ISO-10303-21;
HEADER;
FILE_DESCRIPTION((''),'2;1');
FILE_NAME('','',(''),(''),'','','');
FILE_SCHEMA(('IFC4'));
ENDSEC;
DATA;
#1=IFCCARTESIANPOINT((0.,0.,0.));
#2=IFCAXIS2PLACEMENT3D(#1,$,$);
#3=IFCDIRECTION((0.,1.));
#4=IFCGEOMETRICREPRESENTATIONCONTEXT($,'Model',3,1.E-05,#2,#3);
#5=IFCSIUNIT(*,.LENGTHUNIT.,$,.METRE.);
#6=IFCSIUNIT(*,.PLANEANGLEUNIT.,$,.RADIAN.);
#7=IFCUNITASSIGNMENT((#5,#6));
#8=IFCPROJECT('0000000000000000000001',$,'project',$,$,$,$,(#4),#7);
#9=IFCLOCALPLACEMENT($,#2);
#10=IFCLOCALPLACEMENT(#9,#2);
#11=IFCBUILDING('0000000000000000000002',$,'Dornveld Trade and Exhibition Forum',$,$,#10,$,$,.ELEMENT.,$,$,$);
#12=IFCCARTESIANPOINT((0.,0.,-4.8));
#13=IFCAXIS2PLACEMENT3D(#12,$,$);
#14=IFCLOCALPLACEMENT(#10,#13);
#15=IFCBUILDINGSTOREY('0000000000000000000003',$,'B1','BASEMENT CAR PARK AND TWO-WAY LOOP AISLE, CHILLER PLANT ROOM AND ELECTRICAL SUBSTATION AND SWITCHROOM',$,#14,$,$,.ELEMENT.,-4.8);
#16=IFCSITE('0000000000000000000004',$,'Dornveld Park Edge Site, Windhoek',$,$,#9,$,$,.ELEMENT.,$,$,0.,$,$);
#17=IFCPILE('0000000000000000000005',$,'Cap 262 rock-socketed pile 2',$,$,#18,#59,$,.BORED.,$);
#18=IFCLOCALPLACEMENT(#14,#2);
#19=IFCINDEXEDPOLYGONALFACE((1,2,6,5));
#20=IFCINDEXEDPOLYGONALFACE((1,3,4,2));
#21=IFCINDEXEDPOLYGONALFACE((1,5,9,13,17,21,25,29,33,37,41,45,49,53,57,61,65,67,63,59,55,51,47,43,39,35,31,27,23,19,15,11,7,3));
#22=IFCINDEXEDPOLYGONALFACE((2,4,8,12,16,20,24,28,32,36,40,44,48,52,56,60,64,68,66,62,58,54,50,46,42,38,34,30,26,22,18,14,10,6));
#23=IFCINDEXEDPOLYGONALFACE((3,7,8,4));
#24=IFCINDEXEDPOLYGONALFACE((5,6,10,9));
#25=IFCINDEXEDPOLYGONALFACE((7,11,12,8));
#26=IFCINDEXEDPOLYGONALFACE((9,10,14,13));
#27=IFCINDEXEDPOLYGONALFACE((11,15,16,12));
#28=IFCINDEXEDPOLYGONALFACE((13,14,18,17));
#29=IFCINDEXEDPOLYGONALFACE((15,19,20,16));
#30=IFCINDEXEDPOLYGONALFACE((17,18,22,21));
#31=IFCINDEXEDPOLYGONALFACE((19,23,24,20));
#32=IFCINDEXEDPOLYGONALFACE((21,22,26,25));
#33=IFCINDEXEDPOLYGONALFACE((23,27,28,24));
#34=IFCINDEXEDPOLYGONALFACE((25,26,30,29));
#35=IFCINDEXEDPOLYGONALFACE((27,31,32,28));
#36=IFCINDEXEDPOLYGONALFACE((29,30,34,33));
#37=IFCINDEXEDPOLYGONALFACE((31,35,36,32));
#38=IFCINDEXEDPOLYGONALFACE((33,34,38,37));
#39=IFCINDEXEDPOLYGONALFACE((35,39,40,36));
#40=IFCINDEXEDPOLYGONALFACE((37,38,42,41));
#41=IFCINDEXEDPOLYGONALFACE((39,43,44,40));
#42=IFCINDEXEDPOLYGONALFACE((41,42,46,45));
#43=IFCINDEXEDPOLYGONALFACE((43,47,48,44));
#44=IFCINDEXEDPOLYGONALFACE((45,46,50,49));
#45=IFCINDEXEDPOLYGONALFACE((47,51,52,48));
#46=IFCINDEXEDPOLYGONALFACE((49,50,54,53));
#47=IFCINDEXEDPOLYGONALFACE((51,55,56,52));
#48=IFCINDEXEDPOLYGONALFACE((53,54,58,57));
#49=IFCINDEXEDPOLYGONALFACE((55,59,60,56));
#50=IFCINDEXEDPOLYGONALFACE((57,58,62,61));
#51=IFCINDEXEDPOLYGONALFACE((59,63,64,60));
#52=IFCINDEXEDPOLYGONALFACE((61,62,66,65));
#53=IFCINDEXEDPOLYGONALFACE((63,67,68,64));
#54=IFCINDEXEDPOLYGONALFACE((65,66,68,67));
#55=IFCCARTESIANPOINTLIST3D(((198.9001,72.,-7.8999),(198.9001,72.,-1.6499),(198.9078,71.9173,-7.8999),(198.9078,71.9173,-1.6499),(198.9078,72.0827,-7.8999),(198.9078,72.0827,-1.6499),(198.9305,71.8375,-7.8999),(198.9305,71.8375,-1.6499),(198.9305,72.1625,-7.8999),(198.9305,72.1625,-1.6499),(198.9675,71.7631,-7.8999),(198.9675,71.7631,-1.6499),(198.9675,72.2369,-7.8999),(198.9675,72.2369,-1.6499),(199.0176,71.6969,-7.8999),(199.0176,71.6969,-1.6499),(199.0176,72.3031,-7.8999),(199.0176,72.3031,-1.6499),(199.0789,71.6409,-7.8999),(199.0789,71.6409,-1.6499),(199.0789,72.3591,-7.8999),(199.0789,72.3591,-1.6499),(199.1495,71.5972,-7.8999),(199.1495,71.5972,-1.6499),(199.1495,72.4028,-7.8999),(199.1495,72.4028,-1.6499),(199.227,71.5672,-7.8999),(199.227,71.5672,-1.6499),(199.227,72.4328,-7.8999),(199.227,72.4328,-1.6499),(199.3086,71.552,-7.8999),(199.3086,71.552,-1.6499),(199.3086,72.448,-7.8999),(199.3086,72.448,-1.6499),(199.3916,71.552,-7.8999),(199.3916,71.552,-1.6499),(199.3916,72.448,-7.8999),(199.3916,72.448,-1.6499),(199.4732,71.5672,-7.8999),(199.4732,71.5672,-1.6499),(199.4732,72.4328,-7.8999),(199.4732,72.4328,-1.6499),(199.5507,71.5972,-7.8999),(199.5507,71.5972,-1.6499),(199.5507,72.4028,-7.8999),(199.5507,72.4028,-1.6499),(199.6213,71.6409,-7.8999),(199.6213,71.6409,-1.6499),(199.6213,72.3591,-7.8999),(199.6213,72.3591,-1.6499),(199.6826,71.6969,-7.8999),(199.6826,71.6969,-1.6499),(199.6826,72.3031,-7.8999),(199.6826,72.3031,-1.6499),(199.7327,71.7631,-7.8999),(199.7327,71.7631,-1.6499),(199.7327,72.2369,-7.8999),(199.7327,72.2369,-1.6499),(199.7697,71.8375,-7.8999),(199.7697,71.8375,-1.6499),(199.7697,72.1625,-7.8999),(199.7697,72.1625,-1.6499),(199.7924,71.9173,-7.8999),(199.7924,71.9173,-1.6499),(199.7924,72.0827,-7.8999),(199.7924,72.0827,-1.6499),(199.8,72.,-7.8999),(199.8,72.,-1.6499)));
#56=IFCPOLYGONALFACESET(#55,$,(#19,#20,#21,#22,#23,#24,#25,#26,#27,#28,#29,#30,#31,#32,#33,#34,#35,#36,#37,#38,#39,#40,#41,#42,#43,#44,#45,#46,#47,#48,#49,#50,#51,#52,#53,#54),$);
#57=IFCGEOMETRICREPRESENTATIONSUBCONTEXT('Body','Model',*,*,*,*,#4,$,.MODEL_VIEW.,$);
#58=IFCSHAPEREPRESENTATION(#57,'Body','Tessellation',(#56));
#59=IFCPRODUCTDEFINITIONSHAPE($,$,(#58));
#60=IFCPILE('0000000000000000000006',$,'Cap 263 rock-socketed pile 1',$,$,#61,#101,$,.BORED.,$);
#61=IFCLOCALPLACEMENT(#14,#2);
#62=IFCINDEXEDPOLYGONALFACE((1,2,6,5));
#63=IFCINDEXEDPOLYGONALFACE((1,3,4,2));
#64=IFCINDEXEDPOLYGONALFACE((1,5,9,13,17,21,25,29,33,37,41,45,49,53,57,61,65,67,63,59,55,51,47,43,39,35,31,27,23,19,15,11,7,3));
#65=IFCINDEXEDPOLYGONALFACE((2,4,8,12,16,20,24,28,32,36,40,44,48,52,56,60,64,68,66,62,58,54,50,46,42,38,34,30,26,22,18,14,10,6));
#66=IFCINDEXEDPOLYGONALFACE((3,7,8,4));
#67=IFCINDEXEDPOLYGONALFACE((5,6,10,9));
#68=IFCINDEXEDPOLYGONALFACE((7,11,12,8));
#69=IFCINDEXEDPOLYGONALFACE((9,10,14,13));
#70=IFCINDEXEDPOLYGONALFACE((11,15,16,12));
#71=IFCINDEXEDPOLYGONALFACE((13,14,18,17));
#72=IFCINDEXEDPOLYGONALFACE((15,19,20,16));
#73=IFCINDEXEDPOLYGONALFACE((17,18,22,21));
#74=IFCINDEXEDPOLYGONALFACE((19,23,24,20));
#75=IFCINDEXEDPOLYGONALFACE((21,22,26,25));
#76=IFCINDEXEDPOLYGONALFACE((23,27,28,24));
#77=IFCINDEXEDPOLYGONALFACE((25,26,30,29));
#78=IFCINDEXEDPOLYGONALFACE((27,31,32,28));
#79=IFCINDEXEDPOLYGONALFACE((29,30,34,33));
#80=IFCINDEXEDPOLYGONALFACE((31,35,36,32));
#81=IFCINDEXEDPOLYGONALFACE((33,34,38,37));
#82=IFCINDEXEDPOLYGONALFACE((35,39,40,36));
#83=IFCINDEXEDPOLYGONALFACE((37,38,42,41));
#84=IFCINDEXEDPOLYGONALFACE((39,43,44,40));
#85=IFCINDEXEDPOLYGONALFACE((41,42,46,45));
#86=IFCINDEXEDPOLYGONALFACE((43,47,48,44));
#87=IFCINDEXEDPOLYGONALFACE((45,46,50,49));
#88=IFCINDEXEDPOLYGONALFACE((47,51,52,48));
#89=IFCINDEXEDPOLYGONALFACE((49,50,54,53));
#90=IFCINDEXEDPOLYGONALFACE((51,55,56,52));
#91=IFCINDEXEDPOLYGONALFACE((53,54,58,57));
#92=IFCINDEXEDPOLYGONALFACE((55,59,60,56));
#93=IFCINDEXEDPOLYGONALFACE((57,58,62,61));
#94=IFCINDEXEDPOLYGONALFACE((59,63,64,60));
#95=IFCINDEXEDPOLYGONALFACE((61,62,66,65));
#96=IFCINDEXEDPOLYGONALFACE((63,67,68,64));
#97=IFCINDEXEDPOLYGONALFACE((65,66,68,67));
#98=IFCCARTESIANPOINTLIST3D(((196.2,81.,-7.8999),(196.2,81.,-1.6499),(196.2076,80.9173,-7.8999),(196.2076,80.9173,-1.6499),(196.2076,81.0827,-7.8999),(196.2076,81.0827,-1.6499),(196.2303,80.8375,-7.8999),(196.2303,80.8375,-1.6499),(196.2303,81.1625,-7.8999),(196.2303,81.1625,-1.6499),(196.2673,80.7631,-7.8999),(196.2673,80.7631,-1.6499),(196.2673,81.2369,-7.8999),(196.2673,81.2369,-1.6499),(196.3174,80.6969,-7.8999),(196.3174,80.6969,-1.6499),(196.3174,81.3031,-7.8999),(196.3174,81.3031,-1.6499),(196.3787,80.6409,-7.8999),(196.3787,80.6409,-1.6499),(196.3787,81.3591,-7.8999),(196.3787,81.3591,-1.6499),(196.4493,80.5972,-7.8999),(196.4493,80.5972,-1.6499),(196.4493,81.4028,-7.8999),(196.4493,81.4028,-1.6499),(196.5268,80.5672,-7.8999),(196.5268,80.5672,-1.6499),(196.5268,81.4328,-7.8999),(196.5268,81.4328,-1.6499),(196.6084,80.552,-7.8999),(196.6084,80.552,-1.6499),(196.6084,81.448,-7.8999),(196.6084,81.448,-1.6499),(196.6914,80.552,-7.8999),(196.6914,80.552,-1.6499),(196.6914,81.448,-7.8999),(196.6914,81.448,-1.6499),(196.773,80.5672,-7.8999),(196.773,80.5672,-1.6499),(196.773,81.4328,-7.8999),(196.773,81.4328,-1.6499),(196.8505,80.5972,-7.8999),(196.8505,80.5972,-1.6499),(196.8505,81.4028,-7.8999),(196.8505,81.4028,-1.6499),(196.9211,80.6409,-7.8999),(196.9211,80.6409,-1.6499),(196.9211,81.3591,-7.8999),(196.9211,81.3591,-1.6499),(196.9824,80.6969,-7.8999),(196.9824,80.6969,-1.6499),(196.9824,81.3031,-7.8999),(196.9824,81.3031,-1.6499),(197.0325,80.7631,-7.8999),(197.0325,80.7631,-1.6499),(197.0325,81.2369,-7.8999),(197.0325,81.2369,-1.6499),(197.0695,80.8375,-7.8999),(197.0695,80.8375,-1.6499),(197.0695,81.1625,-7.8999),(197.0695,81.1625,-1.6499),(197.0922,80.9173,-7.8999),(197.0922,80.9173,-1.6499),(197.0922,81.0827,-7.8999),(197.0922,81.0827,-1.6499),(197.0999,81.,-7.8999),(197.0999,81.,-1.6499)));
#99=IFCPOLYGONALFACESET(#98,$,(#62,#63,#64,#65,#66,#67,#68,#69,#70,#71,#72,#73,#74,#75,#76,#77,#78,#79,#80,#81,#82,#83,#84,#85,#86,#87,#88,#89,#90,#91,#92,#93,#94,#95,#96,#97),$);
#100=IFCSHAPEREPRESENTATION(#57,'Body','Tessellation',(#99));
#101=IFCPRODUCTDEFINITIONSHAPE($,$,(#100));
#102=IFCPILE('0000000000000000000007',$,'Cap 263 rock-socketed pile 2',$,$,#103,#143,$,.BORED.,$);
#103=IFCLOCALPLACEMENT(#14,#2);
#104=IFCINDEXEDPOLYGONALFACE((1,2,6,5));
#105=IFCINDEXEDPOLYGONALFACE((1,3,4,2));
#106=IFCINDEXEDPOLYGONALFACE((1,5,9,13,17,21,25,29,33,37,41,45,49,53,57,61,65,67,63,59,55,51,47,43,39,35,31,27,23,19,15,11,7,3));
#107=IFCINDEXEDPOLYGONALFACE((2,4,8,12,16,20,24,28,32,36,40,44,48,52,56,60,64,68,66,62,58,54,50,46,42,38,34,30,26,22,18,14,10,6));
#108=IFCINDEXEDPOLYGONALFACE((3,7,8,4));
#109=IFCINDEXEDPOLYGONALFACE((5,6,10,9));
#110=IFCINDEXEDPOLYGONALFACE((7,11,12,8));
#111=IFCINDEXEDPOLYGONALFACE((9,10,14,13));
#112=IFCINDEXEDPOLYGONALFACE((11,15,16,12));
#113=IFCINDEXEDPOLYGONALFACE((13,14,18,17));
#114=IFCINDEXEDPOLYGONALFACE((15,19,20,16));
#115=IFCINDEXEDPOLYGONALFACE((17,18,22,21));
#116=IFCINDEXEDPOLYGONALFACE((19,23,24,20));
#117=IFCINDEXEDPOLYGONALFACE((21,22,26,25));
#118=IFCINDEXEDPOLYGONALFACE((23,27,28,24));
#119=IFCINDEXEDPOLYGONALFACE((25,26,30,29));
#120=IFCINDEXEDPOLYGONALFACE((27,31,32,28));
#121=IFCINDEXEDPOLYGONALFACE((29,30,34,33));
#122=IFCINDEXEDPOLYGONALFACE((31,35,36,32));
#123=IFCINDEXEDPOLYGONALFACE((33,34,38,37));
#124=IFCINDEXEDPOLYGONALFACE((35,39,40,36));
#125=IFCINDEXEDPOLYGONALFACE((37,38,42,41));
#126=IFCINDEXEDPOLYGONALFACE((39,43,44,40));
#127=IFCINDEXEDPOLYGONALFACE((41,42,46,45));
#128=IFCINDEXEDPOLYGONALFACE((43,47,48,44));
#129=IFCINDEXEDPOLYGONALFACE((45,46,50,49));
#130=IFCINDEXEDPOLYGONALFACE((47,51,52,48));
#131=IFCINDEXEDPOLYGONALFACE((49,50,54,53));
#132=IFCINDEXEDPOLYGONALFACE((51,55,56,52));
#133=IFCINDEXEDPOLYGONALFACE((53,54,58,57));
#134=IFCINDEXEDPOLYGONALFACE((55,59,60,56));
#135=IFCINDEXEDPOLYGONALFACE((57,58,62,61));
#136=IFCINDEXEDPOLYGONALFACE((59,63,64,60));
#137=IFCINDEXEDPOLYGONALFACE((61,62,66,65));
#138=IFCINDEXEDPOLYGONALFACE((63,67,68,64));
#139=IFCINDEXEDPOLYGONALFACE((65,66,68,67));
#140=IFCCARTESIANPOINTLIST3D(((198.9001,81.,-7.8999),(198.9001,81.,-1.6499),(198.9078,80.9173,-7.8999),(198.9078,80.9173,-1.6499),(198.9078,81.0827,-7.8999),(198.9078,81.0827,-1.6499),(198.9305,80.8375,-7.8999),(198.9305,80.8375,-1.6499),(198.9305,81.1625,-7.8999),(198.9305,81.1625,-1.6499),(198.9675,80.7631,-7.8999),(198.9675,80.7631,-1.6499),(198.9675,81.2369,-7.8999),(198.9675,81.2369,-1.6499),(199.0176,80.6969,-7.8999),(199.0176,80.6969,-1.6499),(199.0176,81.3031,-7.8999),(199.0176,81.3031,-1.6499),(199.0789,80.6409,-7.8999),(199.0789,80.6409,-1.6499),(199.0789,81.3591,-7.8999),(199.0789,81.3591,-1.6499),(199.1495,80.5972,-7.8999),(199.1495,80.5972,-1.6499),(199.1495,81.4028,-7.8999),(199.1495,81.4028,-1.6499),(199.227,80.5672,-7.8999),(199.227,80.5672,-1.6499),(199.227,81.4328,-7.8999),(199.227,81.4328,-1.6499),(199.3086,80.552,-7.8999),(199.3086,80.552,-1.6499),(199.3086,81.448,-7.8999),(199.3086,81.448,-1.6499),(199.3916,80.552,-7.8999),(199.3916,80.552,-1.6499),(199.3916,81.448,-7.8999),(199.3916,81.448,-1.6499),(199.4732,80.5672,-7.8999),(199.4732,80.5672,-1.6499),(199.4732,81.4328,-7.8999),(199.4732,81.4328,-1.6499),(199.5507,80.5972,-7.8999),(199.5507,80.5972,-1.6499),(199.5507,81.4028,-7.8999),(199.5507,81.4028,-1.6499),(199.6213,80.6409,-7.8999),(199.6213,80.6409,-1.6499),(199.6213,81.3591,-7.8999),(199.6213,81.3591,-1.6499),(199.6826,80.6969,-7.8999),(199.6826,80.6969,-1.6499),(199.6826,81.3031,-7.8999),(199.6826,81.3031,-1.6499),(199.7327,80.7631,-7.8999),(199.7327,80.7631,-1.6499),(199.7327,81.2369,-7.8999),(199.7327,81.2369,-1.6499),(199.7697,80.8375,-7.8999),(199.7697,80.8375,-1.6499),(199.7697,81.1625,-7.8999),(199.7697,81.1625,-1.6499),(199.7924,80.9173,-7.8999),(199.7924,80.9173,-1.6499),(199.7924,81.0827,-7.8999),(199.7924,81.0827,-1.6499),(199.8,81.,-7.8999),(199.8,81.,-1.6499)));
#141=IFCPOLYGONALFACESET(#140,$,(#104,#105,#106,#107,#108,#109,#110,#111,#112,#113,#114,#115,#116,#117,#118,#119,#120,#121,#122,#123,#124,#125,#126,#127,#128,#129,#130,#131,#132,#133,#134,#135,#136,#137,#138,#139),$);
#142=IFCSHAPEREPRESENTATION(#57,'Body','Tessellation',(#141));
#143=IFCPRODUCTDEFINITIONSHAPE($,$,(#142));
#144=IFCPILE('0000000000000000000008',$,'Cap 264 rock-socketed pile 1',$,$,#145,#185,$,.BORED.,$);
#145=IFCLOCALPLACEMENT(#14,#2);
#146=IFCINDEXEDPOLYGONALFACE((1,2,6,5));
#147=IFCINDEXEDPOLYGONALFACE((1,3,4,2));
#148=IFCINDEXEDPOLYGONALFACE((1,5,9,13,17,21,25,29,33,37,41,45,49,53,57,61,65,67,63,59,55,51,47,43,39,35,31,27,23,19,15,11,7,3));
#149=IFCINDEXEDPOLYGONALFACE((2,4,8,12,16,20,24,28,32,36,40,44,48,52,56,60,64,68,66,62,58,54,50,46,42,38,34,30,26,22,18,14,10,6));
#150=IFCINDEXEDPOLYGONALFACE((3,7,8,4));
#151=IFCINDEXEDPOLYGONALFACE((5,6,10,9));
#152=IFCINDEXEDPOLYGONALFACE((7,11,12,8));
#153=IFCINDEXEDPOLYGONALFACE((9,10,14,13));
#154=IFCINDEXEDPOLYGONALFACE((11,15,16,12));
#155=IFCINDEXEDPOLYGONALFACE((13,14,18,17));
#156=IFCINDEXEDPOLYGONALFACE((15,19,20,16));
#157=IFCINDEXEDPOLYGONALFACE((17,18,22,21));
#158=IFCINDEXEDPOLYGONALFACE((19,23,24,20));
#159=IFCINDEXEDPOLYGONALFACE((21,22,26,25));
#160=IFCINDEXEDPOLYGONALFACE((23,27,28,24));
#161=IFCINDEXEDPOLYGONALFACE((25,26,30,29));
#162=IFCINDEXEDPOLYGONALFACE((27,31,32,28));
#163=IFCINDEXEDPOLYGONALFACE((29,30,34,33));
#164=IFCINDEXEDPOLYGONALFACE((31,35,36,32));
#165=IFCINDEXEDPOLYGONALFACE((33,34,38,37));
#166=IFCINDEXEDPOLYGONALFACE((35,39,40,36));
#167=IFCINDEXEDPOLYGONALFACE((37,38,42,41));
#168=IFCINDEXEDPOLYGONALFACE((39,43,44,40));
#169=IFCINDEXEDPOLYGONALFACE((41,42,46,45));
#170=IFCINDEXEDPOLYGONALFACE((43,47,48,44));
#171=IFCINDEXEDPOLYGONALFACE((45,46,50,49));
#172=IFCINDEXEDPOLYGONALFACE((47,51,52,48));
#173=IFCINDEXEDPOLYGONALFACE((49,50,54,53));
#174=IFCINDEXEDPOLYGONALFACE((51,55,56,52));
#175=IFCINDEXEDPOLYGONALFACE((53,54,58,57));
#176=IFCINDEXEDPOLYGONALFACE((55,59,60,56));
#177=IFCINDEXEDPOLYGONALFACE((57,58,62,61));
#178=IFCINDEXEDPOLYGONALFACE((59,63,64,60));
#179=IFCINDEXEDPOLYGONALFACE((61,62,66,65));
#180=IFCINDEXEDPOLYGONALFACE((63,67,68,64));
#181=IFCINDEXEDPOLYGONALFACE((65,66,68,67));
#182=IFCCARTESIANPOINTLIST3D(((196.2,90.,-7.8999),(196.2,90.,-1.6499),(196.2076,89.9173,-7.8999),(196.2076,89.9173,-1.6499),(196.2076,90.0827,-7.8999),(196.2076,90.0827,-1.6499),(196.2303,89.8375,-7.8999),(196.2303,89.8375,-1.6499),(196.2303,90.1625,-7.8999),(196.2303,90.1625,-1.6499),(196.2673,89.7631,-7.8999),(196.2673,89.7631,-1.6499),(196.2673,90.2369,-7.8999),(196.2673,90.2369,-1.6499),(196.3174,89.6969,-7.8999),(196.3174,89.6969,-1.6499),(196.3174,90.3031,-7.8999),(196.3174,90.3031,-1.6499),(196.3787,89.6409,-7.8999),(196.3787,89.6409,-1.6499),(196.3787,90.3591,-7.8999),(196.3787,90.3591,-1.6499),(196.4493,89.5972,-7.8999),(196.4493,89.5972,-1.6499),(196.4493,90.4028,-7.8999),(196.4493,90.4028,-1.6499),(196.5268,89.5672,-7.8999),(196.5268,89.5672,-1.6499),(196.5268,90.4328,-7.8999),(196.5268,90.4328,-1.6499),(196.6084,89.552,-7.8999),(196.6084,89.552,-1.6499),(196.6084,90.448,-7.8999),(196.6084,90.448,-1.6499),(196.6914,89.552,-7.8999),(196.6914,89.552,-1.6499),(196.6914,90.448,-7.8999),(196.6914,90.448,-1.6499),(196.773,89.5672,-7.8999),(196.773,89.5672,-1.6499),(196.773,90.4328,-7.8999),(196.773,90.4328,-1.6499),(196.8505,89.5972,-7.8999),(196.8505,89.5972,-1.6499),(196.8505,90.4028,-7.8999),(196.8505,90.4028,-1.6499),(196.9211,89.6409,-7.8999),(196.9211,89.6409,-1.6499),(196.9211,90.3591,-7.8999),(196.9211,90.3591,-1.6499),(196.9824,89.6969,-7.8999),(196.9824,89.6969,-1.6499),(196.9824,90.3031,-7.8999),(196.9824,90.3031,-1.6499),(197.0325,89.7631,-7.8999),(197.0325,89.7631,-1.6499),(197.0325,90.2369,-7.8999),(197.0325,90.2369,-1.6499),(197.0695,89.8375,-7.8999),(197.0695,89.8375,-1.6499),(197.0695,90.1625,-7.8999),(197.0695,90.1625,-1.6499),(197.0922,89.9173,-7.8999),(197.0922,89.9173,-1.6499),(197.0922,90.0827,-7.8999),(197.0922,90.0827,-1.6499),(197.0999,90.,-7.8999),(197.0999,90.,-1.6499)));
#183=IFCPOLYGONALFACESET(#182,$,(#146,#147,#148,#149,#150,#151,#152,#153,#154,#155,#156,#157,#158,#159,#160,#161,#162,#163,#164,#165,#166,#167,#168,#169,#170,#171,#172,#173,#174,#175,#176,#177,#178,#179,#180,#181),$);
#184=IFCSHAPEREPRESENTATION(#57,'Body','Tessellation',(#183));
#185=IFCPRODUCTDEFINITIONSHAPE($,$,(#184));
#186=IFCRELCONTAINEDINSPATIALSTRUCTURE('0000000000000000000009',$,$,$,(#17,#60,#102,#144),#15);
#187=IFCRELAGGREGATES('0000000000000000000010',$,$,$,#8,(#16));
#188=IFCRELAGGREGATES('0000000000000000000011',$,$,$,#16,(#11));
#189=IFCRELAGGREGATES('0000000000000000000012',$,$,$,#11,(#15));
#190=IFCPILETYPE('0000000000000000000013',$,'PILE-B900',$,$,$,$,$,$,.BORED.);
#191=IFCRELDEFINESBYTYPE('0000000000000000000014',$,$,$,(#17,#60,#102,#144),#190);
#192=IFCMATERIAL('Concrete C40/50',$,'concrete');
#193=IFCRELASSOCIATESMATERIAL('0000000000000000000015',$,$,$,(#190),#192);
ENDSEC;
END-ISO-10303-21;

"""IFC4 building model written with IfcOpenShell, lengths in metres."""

from ifc_helpers import new_model, si_unit, direction, frame, origin, origin_2d, place, context, subcontext, project, spatial, circle, extrude, material, material_profile, profile_set, type_object, element, save


model = new_model("IFC4")

# Units and contexts
model_context = context("Model", 3, precision=1e-05, world=origin(), true_north=direction((0.0, 1.0)))
body_context = subcontext(model_context, "Body", "Model", "MODEL_VIEW")
ifc_project = project(units=[si_unit("LENGTHUNIT", "METRE"), si_unit("PLANEANGLEUNIT", "RADIAN")], contexts=[model_context])

# Site, building, storey
site_placement = place(None, origin())
site = spatial("IfcSite", under=ifc_project, at=site_placement, Name="Dornveld Park Edge Site, Windhoek", CompositionType="ELEMENT", RefElevation=0.0)
building_placement = place(site_placement, origin())
building = spatial("IfcBuilding", under=site, at=building_placement, Name="Dornveld Trade and Exhibition Forum", CompositionType="ELEMENT")
storey_placement = place(building_placement, frame((0.0, 0.0, -4.8)))
storey = spatial("IfcBuildingStorey", under=building, at=storey_placement, Name="B1", Description="BASEMENT CAR PARK AND TWO-WAY LOOP AISLE, CHILLER PLANT ROOM AND ELECTRICAL SUBSTATION AND SWITCHROOM", CompositionType="ELEMENT", Elevation=-4.8)

# Piles
ifc_material_1 = material(Name="Concrete C40/50", Category="concrete")
ifc_material_profile_1 = material_profile(ifc_material_1, circle(Radius=0.45, at=origin_2d()), Name="PILE D900")
ifc_profile_set_1 = profile_set([ifc_material_profile_1], Name="Concrete C40/50")
pile_type = type_object("IfcPileType", Name="PILE-B900", PredefinedType="BORED", material=ifc_profile_set_1)
for number, where, z_axis, x_axis, name in (
    (1, (199.3501, 72.0, -1.6499), (0.0, 0.0, -1.0), (1.0, 0.0, 0.0), "Cap 262 rock-socketed pile 2"),
    (2, (196.6499, 81.0, -1.6499), (0.0, 0.0, -1.0), (1.0, 0.0, 0.0), "Cap 263 rock-socketed pile 1"),
    (3, (199.3501, 81.0, -1.6499), (0.0, 0.0, -1.0), (1.0, 0.0, 0.0), "Cap 263 rock-socketed pile 2"),
    (4, (196.6499, 90.0, -1.6499), (0.0, 0.0, -1.0), (1.0, 0.0, 0.0), "Cap 264 rock-socketed pile 1"),
):
    element("IfcPile", number, at=place(storey_placement, frame(where, z_axis=z_axis, x_axis=x_axis)), inside=storey, type_object=pile_type, Name=name, PredefinedType="BORED", context=body_context, shape_type="SweptSolid", body=[
        extrude(circle(Radius=0.45, at=origin_2d()), origin(), (0.0, 0.0, 1.0), 6.25),
    ])

save(model, "model.ifc")
